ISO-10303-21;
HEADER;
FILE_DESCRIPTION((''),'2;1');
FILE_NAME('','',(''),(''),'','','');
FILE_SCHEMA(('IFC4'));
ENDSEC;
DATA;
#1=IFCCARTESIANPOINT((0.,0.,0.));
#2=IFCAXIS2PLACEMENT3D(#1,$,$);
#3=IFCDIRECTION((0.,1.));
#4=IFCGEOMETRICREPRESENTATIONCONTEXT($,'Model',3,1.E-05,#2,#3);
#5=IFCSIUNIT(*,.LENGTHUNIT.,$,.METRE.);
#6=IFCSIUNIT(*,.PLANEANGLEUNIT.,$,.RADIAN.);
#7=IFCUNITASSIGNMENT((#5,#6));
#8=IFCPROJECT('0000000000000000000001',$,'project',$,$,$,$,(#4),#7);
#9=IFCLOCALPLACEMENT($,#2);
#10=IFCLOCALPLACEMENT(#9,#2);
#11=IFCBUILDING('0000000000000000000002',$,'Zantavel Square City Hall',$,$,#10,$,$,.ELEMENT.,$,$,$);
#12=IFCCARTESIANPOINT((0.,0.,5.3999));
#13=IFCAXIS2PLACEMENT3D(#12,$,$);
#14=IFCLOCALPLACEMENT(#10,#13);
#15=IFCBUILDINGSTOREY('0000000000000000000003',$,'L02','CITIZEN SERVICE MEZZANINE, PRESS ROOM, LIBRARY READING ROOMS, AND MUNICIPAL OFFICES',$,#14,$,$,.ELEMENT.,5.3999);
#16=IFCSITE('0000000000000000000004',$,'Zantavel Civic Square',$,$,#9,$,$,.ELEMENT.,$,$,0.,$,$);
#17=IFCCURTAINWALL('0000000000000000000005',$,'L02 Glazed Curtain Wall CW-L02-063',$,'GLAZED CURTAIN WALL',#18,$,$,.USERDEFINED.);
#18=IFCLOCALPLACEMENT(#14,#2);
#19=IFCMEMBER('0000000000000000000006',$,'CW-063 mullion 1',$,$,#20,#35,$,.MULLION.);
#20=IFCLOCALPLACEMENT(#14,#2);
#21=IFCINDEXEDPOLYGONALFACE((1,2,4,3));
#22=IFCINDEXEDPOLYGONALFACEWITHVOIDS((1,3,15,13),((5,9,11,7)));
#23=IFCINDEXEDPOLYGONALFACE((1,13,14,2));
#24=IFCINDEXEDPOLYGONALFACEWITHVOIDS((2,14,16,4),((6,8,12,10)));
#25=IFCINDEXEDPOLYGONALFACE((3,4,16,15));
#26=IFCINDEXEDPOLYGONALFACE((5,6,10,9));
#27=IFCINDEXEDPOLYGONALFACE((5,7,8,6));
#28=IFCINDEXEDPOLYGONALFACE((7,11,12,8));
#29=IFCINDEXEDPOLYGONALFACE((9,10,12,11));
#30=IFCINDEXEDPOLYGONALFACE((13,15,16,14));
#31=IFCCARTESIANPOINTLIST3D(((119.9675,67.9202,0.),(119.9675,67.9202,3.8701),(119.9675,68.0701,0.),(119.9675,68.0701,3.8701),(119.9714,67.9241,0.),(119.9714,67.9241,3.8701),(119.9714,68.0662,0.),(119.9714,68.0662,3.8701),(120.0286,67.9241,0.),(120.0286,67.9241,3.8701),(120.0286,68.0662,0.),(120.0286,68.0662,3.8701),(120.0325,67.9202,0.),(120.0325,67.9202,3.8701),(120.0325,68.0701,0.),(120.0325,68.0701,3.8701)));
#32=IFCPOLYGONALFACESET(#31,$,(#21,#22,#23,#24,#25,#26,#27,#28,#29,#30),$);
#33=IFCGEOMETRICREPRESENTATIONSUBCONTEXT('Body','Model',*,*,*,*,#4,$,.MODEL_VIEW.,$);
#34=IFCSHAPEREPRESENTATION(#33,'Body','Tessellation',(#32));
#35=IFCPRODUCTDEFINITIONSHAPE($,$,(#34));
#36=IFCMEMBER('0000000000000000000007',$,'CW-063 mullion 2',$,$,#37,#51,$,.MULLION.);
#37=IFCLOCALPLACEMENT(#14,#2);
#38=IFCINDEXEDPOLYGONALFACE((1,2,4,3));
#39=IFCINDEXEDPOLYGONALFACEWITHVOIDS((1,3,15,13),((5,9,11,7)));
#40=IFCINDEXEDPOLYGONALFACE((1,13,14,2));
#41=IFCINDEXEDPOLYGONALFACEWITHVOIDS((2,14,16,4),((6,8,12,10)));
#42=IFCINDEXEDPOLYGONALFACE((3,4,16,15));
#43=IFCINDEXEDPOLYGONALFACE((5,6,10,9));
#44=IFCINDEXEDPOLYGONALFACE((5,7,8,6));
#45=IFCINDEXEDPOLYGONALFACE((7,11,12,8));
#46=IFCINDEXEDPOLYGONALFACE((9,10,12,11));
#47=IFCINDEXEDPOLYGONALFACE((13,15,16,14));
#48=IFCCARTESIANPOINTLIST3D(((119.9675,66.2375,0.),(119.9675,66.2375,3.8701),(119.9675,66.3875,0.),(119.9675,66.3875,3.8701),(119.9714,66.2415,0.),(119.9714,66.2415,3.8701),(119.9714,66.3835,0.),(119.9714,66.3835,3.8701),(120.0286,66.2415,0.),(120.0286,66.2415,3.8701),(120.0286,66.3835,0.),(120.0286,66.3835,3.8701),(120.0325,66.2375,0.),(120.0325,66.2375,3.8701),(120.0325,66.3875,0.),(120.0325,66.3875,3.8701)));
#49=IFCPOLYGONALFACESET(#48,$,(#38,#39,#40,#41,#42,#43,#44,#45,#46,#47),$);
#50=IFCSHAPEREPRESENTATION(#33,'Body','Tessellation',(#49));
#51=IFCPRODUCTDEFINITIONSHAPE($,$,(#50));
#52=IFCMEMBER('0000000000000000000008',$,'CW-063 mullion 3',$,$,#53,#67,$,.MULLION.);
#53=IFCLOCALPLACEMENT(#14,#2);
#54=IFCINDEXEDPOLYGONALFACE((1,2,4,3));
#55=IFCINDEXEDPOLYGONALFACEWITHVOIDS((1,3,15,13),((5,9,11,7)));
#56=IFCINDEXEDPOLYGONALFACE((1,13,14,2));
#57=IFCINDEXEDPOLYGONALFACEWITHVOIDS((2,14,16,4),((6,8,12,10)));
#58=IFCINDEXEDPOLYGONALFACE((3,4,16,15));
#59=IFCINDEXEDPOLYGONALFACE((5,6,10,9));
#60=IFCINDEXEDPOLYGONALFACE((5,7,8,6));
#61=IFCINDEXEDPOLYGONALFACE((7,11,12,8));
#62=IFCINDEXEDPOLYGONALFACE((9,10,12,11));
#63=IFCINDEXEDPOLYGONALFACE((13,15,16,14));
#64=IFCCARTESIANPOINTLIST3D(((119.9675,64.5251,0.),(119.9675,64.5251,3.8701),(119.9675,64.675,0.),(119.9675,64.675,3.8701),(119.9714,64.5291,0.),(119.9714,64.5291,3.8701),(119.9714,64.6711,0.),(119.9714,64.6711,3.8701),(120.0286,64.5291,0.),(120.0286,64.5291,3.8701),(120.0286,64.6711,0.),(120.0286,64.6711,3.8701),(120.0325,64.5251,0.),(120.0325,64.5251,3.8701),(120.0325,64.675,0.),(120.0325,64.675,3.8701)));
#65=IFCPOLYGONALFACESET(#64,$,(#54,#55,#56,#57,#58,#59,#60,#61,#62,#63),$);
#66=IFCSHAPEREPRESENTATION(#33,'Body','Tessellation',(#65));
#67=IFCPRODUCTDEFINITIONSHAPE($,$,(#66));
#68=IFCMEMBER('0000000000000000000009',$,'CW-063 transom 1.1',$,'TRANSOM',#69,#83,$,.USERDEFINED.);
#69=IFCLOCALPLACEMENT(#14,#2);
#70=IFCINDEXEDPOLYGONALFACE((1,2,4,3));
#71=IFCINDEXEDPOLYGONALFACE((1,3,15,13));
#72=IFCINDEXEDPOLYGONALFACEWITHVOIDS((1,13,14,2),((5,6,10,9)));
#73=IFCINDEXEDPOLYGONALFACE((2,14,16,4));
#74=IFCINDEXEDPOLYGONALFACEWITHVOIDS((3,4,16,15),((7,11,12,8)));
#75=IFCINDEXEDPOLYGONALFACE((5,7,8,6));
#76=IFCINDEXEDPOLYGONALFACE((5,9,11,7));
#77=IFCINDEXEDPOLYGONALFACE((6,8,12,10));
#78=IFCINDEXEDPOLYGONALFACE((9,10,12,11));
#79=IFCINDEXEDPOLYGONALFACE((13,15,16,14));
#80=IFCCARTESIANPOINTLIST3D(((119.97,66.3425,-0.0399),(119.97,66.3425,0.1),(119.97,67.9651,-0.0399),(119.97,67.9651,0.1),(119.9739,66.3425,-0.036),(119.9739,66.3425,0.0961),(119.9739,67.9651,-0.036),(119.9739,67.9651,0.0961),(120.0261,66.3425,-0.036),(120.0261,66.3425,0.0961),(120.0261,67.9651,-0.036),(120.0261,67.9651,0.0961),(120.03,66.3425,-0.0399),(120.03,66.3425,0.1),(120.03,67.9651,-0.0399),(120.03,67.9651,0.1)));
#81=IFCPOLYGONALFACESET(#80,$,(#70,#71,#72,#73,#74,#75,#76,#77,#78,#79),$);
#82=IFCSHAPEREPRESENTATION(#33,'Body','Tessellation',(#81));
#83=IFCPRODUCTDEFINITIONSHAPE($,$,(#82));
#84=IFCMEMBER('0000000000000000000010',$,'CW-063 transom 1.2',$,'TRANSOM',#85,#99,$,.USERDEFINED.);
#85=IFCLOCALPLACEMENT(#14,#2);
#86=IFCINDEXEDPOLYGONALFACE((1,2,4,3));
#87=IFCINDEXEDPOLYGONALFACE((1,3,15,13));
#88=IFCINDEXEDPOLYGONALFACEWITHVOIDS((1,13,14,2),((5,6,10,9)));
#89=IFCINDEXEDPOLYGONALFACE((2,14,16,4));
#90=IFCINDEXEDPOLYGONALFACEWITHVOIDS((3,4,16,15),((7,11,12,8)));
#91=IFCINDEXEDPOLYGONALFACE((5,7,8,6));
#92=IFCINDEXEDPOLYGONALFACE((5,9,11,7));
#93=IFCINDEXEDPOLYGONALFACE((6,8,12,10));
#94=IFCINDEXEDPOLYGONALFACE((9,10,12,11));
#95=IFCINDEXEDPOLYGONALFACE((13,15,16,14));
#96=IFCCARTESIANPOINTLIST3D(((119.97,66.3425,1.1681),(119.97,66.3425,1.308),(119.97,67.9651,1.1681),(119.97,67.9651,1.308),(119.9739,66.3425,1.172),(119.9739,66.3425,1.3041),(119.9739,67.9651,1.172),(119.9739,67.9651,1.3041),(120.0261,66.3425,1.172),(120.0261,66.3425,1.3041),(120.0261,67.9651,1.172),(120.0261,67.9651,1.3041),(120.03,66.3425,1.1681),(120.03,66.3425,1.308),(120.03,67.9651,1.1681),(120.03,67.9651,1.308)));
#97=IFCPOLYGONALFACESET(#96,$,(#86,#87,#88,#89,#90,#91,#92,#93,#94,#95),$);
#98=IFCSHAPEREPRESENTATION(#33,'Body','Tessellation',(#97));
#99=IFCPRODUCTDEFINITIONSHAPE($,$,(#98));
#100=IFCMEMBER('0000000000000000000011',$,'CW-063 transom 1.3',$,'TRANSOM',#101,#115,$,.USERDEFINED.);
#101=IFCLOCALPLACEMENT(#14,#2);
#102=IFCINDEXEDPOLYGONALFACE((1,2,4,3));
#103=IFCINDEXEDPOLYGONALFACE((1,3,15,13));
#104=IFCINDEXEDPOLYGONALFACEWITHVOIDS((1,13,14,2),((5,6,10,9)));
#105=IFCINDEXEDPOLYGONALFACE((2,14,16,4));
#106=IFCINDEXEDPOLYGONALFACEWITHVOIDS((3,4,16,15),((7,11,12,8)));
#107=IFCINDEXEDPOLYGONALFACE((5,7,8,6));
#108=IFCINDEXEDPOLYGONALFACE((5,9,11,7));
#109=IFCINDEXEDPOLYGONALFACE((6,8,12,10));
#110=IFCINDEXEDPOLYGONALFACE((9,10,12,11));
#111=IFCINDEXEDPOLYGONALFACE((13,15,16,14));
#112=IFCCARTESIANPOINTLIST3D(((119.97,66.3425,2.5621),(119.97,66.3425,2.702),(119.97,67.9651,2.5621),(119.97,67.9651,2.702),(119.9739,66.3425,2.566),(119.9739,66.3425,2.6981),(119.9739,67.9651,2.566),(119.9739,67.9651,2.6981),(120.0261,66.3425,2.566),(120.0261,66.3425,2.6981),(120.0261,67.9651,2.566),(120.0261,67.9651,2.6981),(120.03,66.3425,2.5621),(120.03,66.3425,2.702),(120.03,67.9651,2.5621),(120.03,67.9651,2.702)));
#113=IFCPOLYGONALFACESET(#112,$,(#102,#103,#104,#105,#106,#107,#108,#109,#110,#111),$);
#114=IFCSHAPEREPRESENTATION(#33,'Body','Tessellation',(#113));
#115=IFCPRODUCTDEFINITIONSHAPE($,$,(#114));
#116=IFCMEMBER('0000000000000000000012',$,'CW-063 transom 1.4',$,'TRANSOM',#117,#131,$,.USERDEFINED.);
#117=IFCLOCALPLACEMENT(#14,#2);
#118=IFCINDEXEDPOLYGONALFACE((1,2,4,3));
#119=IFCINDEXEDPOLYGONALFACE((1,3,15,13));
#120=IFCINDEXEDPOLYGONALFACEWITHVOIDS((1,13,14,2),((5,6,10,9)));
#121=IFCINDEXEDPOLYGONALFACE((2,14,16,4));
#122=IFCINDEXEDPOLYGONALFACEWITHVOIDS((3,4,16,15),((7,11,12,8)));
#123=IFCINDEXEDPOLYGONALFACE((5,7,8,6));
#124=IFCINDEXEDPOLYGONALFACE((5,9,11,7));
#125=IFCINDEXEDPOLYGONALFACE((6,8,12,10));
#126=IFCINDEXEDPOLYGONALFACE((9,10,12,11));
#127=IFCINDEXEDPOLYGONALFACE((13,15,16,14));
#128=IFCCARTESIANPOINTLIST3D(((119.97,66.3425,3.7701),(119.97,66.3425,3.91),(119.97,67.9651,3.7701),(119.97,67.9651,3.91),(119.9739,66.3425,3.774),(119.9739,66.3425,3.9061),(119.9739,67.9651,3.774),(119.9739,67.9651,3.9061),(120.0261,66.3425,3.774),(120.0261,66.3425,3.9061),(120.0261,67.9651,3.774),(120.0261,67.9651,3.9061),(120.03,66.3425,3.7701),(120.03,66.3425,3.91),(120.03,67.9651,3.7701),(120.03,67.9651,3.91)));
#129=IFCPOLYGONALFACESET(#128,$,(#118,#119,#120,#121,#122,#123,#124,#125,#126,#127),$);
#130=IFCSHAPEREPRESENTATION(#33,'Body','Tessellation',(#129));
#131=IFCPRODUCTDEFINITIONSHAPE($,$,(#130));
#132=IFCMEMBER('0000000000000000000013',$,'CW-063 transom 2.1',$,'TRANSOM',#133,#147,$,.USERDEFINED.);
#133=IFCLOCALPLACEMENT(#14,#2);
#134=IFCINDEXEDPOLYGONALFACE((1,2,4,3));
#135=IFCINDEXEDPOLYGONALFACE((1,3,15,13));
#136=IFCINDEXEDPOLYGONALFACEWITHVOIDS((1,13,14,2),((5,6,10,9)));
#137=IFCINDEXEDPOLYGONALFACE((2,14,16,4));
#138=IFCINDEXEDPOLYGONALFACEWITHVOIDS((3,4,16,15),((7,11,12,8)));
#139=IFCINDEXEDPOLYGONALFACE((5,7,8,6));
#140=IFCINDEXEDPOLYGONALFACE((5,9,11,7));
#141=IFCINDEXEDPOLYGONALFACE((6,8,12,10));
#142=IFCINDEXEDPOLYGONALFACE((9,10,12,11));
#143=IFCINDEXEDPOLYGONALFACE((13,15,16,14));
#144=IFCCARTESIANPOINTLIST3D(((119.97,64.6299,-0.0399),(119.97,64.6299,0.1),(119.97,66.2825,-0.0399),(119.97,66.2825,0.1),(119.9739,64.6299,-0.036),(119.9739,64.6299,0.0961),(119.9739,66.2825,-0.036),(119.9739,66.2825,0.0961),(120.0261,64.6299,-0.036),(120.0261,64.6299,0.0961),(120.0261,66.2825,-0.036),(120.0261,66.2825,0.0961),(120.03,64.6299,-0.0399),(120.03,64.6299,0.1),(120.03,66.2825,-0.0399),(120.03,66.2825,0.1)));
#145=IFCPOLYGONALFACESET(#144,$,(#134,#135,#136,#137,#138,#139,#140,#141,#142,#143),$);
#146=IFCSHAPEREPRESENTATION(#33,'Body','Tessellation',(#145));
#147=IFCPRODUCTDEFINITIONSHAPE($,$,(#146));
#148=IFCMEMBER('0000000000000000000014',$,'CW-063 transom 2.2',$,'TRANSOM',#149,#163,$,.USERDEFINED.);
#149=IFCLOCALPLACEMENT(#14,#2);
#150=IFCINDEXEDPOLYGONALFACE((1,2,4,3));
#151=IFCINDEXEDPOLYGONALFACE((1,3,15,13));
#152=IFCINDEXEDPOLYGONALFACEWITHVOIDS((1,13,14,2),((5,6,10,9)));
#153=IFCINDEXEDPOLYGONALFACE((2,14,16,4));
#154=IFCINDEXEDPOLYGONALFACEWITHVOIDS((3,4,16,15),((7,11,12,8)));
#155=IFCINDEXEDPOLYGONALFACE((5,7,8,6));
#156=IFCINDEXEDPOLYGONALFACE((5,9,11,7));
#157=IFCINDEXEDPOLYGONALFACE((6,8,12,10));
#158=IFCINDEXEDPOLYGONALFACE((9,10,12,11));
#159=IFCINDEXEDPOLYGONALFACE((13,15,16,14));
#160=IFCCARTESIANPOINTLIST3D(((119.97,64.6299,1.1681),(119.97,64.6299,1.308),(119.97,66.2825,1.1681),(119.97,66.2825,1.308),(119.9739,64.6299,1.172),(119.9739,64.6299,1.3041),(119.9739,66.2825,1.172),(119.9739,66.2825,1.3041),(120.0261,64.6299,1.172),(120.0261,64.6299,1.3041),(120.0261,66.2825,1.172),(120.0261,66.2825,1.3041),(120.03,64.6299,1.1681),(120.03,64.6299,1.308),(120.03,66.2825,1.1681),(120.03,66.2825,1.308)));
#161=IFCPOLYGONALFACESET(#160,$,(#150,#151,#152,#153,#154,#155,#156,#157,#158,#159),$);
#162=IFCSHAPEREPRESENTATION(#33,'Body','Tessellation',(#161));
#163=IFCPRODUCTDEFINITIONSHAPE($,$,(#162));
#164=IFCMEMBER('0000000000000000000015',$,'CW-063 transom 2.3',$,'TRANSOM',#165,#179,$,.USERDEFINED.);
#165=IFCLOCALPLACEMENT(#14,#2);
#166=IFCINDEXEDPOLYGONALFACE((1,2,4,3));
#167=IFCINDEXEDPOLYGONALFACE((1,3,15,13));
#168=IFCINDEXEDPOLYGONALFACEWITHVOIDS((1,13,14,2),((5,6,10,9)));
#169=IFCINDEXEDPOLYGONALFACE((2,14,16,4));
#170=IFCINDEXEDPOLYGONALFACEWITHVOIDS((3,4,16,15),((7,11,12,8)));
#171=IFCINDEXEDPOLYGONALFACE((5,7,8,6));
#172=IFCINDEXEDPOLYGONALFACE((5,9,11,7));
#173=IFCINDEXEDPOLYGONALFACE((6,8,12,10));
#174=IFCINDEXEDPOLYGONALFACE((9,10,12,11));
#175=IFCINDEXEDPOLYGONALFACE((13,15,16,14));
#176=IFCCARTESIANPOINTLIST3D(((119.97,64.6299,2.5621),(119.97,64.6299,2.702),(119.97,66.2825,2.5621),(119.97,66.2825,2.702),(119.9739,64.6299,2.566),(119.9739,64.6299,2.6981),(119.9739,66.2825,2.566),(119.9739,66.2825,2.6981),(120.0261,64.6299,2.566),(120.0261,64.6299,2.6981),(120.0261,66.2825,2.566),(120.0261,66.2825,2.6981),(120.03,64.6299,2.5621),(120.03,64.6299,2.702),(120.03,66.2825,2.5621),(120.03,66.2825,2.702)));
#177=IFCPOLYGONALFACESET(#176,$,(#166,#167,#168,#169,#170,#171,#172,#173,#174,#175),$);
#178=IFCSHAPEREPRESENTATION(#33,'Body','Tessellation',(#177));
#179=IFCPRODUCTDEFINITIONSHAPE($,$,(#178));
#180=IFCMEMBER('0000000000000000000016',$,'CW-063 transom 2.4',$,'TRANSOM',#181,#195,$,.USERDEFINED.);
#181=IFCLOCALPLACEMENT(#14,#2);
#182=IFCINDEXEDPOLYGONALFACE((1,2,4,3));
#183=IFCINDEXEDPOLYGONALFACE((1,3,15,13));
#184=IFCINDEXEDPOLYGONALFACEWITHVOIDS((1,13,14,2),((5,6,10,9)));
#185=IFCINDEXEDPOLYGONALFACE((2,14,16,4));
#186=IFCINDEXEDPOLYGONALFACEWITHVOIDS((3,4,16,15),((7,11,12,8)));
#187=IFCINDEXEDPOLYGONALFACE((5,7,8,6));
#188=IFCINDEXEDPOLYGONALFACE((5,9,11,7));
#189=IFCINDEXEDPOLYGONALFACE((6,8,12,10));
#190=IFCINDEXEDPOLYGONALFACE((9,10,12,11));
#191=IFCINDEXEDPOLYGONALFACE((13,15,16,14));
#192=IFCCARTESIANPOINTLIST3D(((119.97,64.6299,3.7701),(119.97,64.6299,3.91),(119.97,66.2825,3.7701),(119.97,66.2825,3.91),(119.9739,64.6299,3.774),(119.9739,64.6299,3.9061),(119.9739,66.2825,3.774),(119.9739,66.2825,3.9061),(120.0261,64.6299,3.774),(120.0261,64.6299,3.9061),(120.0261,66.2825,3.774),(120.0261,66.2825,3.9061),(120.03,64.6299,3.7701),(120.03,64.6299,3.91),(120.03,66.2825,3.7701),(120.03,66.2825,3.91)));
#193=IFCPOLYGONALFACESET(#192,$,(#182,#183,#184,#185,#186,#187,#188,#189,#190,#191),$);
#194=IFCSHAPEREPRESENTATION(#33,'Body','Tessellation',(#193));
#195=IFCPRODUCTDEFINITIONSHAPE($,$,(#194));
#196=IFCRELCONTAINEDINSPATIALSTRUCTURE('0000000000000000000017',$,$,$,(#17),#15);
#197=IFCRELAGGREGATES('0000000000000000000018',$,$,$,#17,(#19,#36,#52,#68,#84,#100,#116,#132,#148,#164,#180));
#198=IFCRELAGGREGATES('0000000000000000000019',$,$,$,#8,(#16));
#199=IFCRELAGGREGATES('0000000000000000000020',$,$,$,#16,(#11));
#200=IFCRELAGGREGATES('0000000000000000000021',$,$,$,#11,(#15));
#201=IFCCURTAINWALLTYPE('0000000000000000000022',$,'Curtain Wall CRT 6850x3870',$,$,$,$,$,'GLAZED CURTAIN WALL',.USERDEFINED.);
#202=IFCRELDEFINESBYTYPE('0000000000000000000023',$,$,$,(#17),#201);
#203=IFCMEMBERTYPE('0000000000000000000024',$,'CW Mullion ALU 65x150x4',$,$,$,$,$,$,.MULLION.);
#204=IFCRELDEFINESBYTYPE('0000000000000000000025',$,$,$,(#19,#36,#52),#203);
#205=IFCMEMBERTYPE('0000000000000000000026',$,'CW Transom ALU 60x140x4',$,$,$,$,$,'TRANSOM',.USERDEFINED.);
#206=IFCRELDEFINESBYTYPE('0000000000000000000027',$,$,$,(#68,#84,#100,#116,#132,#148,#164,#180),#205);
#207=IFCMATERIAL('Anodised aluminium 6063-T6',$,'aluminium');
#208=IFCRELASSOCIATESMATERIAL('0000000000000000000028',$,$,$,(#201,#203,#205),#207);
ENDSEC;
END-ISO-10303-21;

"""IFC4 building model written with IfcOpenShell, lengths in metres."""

from ifc_helpers import new_model, si_unit, direction, frame, origin, origin_2d, place, context, subcontext, project, spatial, hollow_rectangle, extrude, material, material_profile, profile_set, type_object, element, aggregate, save


model = new_model("IFC4")

# Units and contexts
model_context = context("Model", 3, precision=1e-05, world=origin(), true_north=direction((0.0, 1.0)))
body_context = subcontext(model_context, "Body", "Model", "MODEL_VIEW")
ifc_project = project(units=[si_unit("LENGTHUNIT", "METRE"), si_unit("PLANEANGLEUNIT", "RADIAN")], contexts=[model_context])

# Site, building, storey
site_placement = place(None, origin())
site = spatial("IfcSite", under=ifc_project, at=site_placement, Name="Zantavel Civic Square", CompositionType="ELEMENT", RefElevation=0.0)
building_placement = place(site_placement, origin())
building = spatial("IfcBuilding", under=site, at=building_placement, Name="Zantavel Square City Hall", CompositionType="ELEMENT")
storey_placement = place(building_placement, frame((0.0, 0.0, 5.3999)))
storey = spatial("IfcBuildingStorey", under=building, at=storey_placement, Name="L02", Description="CITIZEN SERVICE MEZZANINE, PRESS ROOM, LIBRARY READING ROOMS, AND MUNICIPAL OFFICES", CompositionType="ELEMENT", Elevation=5.3999)

# Curtain wall, members
ifc_material_1 = material(Name="Anodised aluminium 6063-T6", Category="aluminium")
curtain_wall_type = type_object("IfcCurtainWallType", Name="Curtain Wall CRT 6850x3870", ElementType="GLAZED CURTAIN WALL", PredefinedType="USERDEFINED", material=ifc_material_1)
curtain_wall_placement = place(storey_placement, origin())
curtain_wall = element("IfcCurtainWall", 1, at=curtain_wall_placement, inside=storey, type_object=curtain_wall_type, Name="L02 Glazed Curtain Wall CW-L02-063", ObjectType="GLAZED CURTAIN WALL", PredefinedType="USERDEFINED")
ifc_material_profile_1 = material_profile(ifc_material_1, hollow_rectangle(XDim=0.0649, YDim=0.1499, WallThickness=0.0039, at=origin_2d()), Name="ALU 65x150x4")
ifc_profile_set_1 = profile_set([ifc_material_profile_1], Name="Anodised aluminium 6063-T6")
member_type_1 = type_object("IfcMemberType", Name="CW Mullion ALU 65x150x4", PredefinedType="MULLION", material=ifc_profile_set_1)
member_1_placement = place(storey_placement, frame((120.0, 67.9951, 0.0), z_axis=(0.0, 0.0, 1.0), x_axis=(1.0, 0.0, 0.0)))
member_1 = element("IfcMember", 2, at=member_1_placement, type_object=member_type_1, Name="CW-063 mullion 1", PredefinedType="MULLION", context=body_context, shape_type="SweptSolid", body=[
    extrude(hollow_rectangle(XDim=0.0649, YDim=0.1499, WallThickness=0.0039, at=origin_2d()), origin(), (0.0, 0.0, 1.0), 3.8701),
])
member_2_placement = place(storey_placement, frame((120.0, 66.3125, 0.0), z_axis=(0.0, 0.0, 1.0), x_axis=(1.0, 0.0, 0.0)))
member_2 = element("IfcMember", 3, at=member_2_placement, type_object=member_type_1, Name="CW-063 mullion 2", PredefinedType="MULLION", context=body_context, shape_type="SweptSolid", body=[
    extrude(hollow_rectangle(XDim=0.0649, YDim=0.1499, WallThickness=0.0039, at=origin_2d()), origin(), (0.0, 0.0, 1.0), 3.8701),
])
member_3_placement = place(storey_placement, frame((120.0, 64.6001, 0.0), z_axis=(0.0, 0.0, 1.0), x_axis=(1.0, 0.0, 0.0)))
member_3 = element("IfcMember", 4, at=member_3_placement, type_object=member_type_1, Name="CW-063 mullion 3", PredefinedType="MULLION", context=body_context, shape_type="SweptSolid", body=[
    extrude(hollow_rectangle(XDim=0.0649, YDim=0.1499, WallThickness=0.0039, at=origin_2d()), origin(), (0.0, 0.0, 1.0), 3.8701),
])
ifc_material_profile_2 = material_profile(ifc_material_1, hollow_rectangle(XDim=0.0601, YDim=0.1399, WallThickness=0.0039, at=origin_2d()), Name="ALU 60x140x4")
ifc_profile_set_2 = profile_set([ifc_material_profile_2], Name="Anodised aluminium 6063-T6")
member_type_2 = type_object("IfcMemberType", Name="CW Transom ALU 60x140x4", ElementType="TRANSOM", PredefinedType="USERDEFINED", material=ifc_profile_set_2)
member_4_placement = place(storey_placement, frame((120.0, 67.9651, 0.03), z_axis=(0.0, -1.0, 0.0), x_axis=(1.0, 0.0, 0.0)))
member_4 = element("IfcMember", 5, at=member_4_placement, type_object=member_type_2, Name="CW-063 transom 1.1", ObjectType="TRANSOM", PredefinedType="USERDEFINED", context=body_context, shape_type="SweptSolid", body=[
    extrude(hollow_rectangle(XDim=0.0601, YDim=0.1399, WallThickness=0.0039, at=origin_2d()), origin(), (0.0, 0.0, 1.0), 1.6226),
])
member_5_placement = place(storey_placement, frame((120.0, 67.9651, 1.238), z_axis=(0.0, -1.0, 0.0), x_axis=(1.0, 0.0, 0.0)))
member_5 = element("IfcMember", 6, at=member_5_placement, type_object=member_type_2, Name="CW-063 transom 1.2", ObjectType="TRANSOM", PredefinedType="USERDEFINED", context=body_context, shape_type="SweptSolid", body=[
    extrude(hollow_rectangle(XDim=0.0601, YDim=0.1399, WallThickness=0.0039, at=origin_2d()), origin(), (0.0, 0.0, 1.0), 1.6226),
])
member_6_placement = place(storey_placement, frame((120.0, 67.9651, 2.6321), z_axis=(0.0, -1.0, 0.0), x_axis=(1.0, 0.0, 0.0)))
member_6 = element("IfcMember", 7, at=member_6_placement, type_object=member_type_2, Name="CW-063 transom 1.3", ObjectType="TRANSOM", PredefinedType="USERDEFINED", context=body_context, shape_type="SweptSolid", body=[
    extrude(hollow_rectangle(XDim=0.0601, YDim=0.1399, WallThickness=0.0039, at=origin_2d()), origin(), (0.0, 0.0, 1.0), 1.6226),
])
member_7_placement = place(storey_placement, frame((120.0, 67.9651, 3.8401), z_axis=(0.0, -1.0, 0.0), x_axis=(1.0, 0.0, 0.0)))
member_7 = element("IfcMember", 8, at=member_7_placement, type_object=member_type_2, Name="CW-063 transom 1.4", ObjectType="TRANSOM", PredefinedType="USERDEFINED", context=body_context, shape_type="SweptSolid", body=[
    extrude(hollow_rectangle(XDim=0.0601, YDim=0.1399, WallThickness=0.0039, at=origin_2d()), origin(), (0.0, 0.0, 1.0), 1.6226),
])
member_8_placement = place(storey_placement, frame((120.0, 66.2825, 0.03), z_axis=(0.0, -1.0, 0.0), x_axis=(1.0, 0.0, 0.0)))
member_8 = element("IfcMember", 9, at=member_8_placement, type_object=member_type_2, Name="CW-063 transom 2.1", ObjectType="TRANSOM", PredefinedType="USERDEFINED", context=body_context, shape_type="SweptSolid", body=[
    extrude(hollow_rectangle(XDim=0.0601, YDim=0.1399, WallThickness=0.0039, at=origin_2d()), origin(), (0.0, 0.0, 1.0), 1.6526),
])
member_9_placement = place(storey_placement, frame((120.0, 66.2825, 1.238), z_axis=(0.0, -1.0, 0.0), x_axis=(1.0, 0.0, 0.0)))
member_9 = element("IfcMember", 10, at=member_9_placement, type_object=member_type_2, Name="CW-063 transom 2.2", ObjectType="TRANSOM", PredefinedType="USERDEFINED", context=body_context, shape_type="SweptSolid", body=[
    extrude(hollow_rectangle(XDim=0.0601, YDim=0.1399, WallThickness=0.0039, at=origin_2d()), origin(), (0.0, 0.0, 1.0), 1.6526),
])
member_10_placement = place(storey_placement, frame((120.0, 66.2825, 2.6321), z_axis=(0.0, -1.0, 0.0), x_axis=(1.0, 0.0, 0.0)))
member_10 = element("IfcMember", 11, at=member_10_placement, type_object=member_type_2, Name="CW-063 transom 2.3", ObjectType="TRANSOM", PredefinedType="USERDEFINED", context=body_context, shape_type="SweptSolid", body=[
    extrude(hollow_rectangle(XDim=0.0601, YDim=0.1399, WallThickness=0.0039, at=origin_2d()), origin(), (0.0, 0.0, 1.0), 1.6526),
])
member_11_placement = place(storey_placement, frame((120.0, 66.2825, 3.8401), z_axis=(0.0, -1.0, 0.0), x_axis=(1.0, 0.0, 0.0)))
member_11 = element("IfcMember", 12, at=member_11_placement, type_object=member_type_2, Name="CW-063 transom 2.4", ObjectType="TRANSOM", PredefinedType="USERDEFINED", context=body_context, shape_type="SweptSolid", body=[
    extrude(hollow_rectangle(XDim=0.0601, YDim=0.1399, WallThickness=0.0039, at=origin_2d()), origin(), (0.0, 0.0, 1.0), 1.6526),
])
aggregate(curtain_wall, [member_1, member_2, member_3, member_4, member_5, member_6, member_7, member_8, member_9, member_10, member_11])

save(model, "model.ifc")
